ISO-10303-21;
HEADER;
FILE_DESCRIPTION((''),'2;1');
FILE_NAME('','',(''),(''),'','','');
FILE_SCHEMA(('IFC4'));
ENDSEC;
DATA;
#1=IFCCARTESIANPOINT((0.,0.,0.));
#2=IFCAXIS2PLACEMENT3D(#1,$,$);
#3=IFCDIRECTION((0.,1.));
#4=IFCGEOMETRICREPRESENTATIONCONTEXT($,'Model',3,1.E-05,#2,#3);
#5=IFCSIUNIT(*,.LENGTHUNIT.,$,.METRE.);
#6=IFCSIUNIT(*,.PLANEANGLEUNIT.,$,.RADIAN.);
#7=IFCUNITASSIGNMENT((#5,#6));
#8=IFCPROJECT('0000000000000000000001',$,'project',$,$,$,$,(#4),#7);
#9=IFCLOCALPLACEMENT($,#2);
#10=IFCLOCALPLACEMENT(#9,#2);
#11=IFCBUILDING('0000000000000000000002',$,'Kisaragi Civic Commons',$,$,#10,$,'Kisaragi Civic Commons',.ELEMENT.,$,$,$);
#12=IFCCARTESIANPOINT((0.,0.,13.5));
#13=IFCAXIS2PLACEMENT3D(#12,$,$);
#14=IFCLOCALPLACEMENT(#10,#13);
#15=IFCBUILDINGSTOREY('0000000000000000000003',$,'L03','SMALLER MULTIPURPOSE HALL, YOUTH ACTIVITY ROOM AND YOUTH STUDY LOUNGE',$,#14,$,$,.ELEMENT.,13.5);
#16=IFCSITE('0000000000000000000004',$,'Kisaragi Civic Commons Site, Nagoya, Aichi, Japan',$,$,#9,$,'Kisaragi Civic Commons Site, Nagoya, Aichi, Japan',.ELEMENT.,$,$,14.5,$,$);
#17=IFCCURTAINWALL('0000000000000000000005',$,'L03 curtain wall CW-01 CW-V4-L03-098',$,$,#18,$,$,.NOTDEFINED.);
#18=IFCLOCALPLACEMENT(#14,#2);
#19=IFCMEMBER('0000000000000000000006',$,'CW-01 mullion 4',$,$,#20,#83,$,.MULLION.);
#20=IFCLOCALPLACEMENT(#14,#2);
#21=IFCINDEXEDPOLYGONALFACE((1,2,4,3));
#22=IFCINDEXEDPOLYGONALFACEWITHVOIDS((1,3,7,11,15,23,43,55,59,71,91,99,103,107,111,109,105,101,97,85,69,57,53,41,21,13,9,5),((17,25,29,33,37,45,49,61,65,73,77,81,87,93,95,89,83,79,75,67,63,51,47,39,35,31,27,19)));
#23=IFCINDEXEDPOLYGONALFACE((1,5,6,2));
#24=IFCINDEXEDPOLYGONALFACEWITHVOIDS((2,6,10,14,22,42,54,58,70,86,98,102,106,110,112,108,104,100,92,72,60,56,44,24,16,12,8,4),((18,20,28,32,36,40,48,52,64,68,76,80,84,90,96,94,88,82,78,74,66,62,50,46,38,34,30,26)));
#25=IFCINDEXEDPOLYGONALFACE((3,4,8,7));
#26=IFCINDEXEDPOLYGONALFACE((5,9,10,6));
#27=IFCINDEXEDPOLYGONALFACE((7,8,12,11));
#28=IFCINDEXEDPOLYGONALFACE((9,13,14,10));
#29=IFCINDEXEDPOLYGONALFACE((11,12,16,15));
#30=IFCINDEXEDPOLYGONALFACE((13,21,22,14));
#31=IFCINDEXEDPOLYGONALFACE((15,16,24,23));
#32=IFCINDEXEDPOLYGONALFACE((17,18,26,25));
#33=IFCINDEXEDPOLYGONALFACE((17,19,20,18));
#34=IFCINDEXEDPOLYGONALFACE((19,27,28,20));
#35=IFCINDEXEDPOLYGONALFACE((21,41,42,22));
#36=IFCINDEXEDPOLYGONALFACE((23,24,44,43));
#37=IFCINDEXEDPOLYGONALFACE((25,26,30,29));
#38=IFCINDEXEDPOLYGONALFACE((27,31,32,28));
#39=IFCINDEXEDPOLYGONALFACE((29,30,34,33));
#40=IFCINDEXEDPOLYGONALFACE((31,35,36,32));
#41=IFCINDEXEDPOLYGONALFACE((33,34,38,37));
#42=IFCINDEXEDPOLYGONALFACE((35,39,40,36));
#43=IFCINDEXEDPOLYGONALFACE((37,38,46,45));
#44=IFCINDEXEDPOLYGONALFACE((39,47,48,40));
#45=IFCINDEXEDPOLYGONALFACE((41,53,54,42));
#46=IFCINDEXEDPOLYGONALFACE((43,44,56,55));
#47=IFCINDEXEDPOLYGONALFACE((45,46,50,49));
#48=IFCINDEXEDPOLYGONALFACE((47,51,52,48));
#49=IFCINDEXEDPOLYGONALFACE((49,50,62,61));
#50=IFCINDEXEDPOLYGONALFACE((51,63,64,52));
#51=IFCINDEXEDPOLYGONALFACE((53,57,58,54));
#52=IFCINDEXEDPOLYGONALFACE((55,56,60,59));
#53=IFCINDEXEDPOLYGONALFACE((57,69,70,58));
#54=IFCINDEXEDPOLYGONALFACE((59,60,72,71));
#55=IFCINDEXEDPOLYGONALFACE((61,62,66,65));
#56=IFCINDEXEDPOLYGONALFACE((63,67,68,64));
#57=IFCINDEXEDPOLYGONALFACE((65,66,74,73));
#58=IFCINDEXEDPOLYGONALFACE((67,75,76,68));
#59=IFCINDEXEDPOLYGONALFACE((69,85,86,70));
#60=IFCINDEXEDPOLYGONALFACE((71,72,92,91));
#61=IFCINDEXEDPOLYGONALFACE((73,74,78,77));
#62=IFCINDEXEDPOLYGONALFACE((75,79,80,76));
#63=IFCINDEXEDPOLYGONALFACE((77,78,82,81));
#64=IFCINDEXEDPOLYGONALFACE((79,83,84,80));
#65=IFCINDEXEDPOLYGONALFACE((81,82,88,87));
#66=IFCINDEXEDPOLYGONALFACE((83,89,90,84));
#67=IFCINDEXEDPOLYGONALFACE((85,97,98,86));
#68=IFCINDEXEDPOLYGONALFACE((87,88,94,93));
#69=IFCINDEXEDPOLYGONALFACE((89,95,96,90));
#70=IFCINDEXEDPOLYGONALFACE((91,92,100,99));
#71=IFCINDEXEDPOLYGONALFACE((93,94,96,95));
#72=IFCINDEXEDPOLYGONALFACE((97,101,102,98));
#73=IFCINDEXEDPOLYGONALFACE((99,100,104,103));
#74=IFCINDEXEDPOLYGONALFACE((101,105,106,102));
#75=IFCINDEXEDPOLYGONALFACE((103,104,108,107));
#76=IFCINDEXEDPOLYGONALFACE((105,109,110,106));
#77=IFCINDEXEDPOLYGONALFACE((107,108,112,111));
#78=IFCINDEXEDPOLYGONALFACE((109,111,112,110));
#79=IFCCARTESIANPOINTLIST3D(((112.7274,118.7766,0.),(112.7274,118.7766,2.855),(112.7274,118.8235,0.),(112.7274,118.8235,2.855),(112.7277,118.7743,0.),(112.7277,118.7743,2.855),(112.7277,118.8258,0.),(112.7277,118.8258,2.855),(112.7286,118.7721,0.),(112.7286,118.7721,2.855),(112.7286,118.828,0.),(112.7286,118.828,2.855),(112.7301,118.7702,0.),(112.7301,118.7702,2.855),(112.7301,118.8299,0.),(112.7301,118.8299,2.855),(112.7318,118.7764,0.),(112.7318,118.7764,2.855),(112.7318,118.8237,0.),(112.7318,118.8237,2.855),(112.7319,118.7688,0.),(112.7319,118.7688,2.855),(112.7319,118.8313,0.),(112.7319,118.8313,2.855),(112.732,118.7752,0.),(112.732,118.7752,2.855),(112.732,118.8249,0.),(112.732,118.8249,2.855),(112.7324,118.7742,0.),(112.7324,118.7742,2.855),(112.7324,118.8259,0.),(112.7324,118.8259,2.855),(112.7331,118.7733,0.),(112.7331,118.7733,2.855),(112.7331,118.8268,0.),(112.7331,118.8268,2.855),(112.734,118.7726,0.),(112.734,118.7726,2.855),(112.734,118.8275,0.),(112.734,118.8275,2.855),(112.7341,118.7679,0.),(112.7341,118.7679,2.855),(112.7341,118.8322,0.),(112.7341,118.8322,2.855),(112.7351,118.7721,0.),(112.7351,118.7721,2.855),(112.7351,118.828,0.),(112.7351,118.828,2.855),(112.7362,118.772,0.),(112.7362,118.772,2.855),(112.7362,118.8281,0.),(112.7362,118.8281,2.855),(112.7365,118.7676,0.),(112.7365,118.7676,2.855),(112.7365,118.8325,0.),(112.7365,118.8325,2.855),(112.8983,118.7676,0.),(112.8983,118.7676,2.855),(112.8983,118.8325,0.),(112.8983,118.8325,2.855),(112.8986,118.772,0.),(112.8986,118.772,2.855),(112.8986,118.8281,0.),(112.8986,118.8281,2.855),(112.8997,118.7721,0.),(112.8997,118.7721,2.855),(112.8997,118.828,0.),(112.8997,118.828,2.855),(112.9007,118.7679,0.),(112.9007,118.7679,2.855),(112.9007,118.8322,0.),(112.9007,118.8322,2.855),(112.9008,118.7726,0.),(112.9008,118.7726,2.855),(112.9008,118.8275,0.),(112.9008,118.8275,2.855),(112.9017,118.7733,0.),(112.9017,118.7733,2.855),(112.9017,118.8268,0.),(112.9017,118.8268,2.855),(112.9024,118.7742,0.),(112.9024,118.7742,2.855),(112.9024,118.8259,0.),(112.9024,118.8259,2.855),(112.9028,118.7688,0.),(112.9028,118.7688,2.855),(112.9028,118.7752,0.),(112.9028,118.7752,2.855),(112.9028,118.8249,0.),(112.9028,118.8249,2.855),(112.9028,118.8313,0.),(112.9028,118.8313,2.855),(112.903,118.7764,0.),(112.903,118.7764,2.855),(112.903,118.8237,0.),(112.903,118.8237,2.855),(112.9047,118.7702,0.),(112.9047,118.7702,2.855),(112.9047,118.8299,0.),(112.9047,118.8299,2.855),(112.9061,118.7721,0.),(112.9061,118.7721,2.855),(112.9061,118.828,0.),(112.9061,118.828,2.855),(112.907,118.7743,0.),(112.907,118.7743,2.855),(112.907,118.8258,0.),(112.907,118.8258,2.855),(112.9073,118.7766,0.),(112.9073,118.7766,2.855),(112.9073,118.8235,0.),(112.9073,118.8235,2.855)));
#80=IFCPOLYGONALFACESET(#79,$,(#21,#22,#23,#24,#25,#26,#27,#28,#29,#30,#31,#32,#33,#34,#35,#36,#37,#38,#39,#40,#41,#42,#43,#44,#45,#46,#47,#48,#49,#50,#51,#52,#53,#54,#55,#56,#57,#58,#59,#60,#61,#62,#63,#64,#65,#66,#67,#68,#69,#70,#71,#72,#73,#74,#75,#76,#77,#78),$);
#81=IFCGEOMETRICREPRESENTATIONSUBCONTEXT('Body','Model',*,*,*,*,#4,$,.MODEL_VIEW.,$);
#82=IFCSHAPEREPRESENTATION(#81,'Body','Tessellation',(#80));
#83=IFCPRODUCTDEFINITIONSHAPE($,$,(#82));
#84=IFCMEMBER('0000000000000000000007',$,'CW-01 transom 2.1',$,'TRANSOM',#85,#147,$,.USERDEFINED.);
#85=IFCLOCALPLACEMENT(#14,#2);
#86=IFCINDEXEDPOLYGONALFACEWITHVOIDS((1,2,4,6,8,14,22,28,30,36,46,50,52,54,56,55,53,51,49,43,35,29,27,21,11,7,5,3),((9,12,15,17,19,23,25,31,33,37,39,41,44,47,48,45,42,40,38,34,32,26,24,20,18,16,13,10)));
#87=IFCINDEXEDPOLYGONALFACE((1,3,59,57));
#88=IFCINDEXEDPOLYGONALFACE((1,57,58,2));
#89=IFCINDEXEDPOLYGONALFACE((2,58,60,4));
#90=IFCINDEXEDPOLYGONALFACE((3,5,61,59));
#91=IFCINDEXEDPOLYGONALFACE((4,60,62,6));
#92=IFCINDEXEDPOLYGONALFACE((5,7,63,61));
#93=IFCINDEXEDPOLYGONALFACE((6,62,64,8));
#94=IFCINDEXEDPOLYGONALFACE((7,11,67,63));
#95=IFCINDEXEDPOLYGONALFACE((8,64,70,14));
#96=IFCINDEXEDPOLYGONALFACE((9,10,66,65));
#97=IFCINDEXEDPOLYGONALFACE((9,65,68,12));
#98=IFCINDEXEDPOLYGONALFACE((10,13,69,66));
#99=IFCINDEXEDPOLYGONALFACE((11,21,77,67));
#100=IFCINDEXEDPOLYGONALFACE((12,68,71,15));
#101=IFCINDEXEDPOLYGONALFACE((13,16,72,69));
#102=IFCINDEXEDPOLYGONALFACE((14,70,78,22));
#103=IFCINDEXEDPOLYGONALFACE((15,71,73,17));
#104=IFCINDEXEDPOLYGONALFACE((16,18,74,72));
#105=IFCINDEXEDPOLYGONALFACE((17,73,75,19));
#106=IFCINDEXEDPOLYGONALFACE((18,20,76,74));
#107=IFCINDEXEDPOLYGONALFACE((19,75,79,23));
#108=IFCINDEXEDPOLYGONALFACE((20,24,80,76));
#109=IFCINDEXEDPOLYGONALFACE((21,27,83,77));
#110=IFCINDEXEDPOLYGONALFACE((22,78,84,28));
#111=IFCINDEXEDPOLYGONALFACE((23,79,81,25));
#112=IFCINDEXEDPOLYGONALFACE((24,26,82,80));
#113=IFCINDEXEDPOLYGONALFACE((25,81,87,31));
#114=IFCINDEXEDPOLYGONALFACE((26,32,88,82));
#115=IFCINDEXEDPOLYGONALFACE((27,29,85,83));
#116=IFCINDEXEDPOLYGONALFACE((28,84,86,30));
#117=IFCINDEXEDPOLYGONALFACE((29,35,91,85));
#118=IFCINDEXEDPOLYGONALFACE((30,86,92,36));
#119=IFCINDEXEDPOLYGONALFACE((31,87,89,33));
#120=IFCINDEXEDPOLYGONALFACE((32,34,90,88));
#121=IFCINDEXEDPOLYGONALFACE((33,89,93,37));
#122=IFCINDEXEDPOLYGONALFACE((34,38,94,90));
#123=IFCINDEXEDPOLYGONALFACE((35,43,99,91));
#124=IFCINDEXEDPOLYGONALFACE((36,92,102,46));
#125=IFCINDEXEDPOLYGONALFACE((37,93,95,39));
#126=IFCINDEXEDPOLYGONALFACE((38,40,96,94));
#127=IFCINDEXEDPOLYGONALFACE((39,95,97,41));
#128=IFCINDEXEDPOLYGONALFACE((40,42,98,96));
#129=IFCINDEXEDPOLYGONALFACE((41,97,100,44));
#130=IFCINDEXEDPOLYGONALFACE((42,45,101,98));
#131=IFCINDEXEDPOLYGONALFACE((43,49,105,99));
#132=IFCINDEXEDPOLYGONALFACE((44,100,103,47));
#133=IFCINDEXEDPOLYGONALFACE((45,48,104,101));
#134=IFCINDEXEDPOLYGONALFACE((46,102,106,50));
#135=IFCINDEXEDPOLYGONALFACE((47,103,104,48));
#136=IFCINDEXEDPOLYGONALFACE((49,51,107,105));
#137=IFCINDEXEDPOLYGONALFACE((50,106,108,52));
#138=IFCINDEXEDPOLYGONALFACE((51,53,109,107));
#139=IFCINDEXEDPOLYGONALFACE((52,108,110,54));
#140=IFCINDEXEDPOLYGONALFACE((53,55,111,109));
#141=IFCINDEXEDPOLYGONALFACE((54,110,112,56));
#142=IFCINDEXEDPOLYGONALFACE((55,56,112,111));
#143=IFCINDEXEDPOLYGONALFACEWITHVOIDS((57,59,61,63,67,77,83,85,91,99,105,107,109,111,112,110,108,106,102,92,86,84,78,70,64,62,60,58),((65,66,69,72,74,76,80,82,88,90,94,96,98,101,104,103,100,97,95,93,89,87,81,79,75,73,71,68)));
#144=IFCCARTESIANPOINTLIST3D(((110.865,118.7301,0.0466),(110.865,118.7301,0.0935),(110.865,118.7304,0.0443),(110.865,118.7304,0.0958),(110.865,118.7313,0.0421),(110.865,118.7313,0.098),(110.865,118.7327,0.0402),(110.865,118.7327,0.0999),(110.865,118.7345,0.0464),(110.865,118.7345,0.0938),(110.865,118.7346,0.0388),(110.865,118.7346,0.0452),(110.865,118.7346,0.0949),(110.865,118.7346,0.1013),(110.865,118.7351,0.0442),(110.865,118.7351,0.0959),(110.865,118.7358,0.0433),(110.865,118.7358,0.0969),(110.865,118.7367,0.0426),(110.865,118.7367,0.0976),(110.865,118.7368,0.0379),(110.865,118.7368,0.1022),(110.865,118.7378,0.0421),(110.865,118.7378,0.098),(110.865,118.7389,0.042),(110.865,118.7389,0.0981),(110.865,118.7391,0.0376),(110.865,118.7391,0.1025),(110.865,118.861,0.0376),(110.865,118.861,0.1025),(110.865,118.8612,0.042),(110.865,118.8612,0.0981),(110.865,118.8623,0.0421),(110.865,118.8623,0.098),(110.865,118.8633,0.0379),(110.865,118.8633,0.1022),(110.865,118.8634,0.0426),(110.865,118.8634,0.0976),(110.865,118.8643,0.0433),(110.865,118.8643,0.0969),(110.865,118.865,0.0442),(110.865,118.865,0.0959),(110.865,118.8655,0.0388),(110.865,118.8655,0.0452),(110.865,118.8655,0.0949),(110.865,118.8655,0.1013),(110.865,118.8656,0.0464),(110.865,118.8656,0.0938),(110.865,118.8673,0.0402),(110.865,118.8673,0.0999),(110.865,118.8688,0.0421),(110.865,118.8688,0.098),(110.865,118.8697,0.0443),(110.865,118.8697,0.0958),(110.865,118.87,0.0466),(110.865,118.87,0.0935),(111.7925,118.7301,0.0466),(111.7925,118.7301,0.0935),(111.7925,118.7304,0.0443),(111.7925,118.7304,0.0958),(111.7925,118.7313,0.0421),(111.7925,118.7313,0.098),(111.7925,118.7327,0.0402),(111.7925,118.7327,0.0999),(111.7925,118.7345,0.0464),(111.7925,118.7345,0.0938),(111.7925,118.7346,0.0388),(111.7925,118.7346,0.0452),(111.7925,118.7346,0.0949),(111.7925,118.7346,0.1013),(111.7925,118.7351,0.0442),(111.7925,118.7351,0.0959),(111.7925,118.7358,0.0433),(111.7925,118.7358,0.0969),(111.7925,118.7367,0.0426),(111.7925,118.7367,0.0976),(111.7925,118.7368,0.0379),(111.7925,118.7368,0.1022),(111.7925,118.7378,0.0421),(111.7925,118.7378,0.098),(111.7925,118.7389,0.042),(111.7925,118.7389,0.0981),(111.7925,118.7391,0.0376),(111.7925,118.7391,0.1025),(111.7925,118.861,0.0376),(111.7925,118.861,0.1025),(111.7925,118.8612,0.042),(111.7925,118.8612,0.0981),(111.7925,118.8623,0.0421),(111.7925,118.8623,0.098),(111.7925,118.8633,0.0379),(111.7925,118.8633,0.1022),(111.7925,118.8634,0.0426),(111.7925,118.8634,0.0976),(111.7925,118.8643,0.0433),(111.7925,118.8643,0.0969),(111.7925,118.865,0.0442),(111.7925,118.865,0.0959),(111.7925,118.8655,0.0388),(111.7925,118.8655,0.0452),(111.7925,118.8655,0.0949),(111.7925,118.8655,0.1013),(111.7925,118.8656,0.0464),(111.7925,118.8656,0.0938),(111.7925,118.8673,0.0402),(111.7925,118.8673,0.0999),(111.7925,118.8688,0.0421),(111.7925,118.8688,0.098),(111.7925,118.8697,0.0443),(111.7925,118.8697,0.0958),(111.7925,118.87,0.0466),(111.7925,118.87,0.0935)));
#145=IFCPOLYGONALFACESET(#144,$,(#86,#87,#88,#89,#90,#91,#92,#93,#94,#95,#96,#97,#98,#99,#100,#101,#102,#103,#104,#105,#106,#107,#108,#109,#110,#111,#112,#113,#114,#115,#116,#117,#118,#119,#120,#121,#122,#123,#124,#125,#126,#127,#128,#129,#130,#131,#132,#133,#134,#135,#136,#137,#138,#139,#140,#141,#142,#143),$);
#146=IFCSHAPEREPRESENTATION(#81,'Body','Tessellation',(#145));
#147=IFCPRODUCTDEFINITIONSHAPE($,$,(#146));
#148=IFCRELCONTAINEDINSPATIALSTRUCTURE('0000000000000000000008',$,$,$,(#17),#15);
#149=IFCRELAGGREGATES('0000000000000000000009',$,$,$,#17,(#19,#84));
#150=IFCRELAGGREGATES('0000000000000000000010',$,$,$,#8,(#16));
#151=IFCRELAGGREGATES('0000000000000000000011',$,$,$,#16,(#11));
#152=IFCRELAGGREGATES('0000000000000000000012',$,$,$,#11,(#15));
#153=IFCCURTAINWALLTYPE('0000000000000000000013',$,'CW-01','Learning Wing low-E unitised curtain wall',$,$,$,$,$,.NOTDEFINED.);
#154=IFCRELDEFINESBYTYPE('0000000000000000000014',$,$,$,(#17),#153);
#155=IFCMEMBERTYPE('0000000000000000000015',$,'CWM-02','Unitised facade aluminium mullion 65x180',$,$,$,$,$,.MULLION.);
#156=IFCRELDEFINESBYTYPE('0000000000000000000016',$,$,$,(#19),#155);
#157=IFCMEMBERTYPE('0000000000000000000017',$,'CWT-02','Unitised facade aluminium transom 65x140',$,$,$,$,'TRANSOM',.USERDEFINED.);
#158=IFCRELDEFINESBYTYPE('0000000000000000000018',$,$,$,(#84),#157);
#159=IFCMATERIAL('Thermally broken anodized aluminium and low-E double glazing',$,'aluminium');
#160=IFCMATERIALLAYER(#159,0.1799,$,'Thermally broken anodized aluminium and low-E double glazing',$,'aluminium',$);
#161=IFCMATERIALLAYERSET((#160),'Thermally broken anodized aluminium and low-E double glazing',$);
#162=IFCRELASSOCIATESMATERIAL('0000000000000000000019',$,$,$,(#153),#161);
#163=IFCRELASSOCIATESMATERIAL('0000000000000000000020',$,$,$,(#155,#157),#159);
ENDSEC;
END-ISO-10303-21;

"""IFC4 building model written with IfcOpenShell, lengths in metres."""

from ifc_helpers import new_model, si_unit, direction, frame, origin, origin_2d, place, context, subcontext, project, spatial, hollow_rectangle, extrude, material, layer, layer_set, material_profile, profile_set, type_object, element, aggregate, save


model = new_model("IFC4")

# Units and contexts
model_context = context("Model", 3, precision=1e-05, world=origin(), true_north=direction((0.0, 1.0)))
body_context = subcontext(model_context, "Body", "Model", "MODEL_VIEW")
ifc_project = project(units=[si_unit("LENGTHUNIT", "METRE"), si_unit("PLANEANGLEUNIT", "RADIAN")], contexts=[model_context])

# Site, building, storey
site_placement = place(None, origin())
site = spatial("IfcSite", under=ifc_project, at=site_placement, Name="Kisaragi Civic Commons Site, Nagoya, Aichi, Japan", LongName="Kisaragi Civic Commons Site, Nagoya, Aichi, Japan", CompositionType="ELEMENT", RefElevation=14.5)
building_placement = place(site_placement, origin())
building = spatial("IfcBuilding", under=site, at=building_placement, Name="Kisaragi Civic Commons", LongName="Kisaragi Civic Commons", CompositionType="ELEMENT")
storey_placement = place(building_placement, frame((0.0, 0.0, 13.5)))
storey = spatial("IfcBuildingStorey", under=building, at=storey_placement, Name="L03", Description="SMALLER MULTIPURPOSE HALL, YOUTH ACTIVITY ROOM AND YOUTH STUDY LOUNGE", CompositionType="ELEMENT", Elevation=13.5)

# Curtain wall, members
ifc_material = material(Name="Thermally broken anodized aluminium and low-E double glazing", Category="aluminium")
ifc_layer_1 = layer(ifc_material, 0.1799, Name="Thermally broken anodized aluminium and low-E double glazing", Category="aluminium")
ifc_layer_set_1 = layer_set([ifc_layer_1], Name="Thermally broken anodized aluminium and low-E double glazing")
curtain_wall_type = type_object("IfcCurtainWallType", Name="CW-01", Description="Learning Wing low-E unitised curtain wall", PredefinedType="NOTDEFINED", material=ifc_layer_set_1)
curtain_wall_placement = place(storey_placement, origin())
curtain_wall = element("IfcCurtainWall", 1, at=curtain_wall_placement, inside=storey, type_object=curtain_wall_type, Name="L03 curtain wall CW-01 CW-V4-L03-098", PredefinedType="NOTDEFINED")
ifc_material_profile_1 = material_profile(ifc_material, hollow_rectangle(XDim=0.0649, YDim=0.1799, WallThickness=0.0044, InnerFilletRadius=0.0044, OuterFilletRadius=0.009, at=origin_2d()), Name="CWM-65x180x4.5", Category="aluminium")
ifc_profile_set_1 = profile_set([ifc_material_profile_1], Name="Thermally broken anodized aluminium and low-E double glazing")
member_type_1 = type_object("IfcMemberType", Name="CWM-02", Description="Unitised facade aluminium mullion 65x180", PredefinedType="MULLION", material=ifc_profile_set_1)
member_1_placement = place(storey_placement, frame((112.8174, 118.8, 0.0), z_axis=(0.0, 0.0, 1.0), x_axis=(0.0, 1.0, 0.0)))
member_1 = element("IfcMember", 2, at=member_1_placement, type_object=member_type_1, Name="CW-01 mullion 4", PredefinedType="MULLION", context=body_context, shape_type="SweptSolid", body=[
    extrude(hollow_rectangle(XDim=0.0649, YDim=0.1799, WallThickness=0.0044, InnerFilletRadius=0.0044, OuterFilletRadius=0.009, at=origin_2d()), origin(), (0.0, 0.0, 1.0), 2.855),
])
ifc_material_profile_2 = material_profile(ifc_material, hollow_rectangle(XDim=0.1399, YDim=0.0649, WallThickness=0.0044, InnerFilletRadius=0.0044, OuterFilletRadius=0.009, at=origin_2d()), Name="CWT-65x140x4.5", Category="aluminium")
ifc_profile_set_2 = profile_set([ifc_material_profile_2], Name="Thermally broken anodized aluminium and low-E double glazing")
member_type_2 = type_object("IfcMemberType", Name="CWT-02", Description="Unitised facade aluminium transom 65x140", ElementType="TRANSOM", PredefinedType="USERDEFINED", material=ifc_profile_set_2)
member_2_placement = place(storey_placement, frame((110.865, 118.8, 0.0701), z_axis=(1.0, 0.0, 0.0), x_axis=(0.0, 1.0, 0.0)))
member_2 = element("IfcMember", 3, at=member_2_placement, type_object=member_type_2, Name="CW-01 transom 2.1", ObjectType="TRANSOM", PredefinedType="USERDEFINED", context=body_context, shape_type="SweptSolid", body=[
    extrude(hollow_rectangle(XDim=0.1399, YDim=0.0649, WallThickness=0.0044, InnerFilletRadius=0.0044, OuterFilletRadius=0.009, at=origin_2d()), origin(), (0.0, 0.0, 1.0), 0.9275),
])
aggregate(curtain_wall, [member_1, member_2])

save(model, "model.ifc")
